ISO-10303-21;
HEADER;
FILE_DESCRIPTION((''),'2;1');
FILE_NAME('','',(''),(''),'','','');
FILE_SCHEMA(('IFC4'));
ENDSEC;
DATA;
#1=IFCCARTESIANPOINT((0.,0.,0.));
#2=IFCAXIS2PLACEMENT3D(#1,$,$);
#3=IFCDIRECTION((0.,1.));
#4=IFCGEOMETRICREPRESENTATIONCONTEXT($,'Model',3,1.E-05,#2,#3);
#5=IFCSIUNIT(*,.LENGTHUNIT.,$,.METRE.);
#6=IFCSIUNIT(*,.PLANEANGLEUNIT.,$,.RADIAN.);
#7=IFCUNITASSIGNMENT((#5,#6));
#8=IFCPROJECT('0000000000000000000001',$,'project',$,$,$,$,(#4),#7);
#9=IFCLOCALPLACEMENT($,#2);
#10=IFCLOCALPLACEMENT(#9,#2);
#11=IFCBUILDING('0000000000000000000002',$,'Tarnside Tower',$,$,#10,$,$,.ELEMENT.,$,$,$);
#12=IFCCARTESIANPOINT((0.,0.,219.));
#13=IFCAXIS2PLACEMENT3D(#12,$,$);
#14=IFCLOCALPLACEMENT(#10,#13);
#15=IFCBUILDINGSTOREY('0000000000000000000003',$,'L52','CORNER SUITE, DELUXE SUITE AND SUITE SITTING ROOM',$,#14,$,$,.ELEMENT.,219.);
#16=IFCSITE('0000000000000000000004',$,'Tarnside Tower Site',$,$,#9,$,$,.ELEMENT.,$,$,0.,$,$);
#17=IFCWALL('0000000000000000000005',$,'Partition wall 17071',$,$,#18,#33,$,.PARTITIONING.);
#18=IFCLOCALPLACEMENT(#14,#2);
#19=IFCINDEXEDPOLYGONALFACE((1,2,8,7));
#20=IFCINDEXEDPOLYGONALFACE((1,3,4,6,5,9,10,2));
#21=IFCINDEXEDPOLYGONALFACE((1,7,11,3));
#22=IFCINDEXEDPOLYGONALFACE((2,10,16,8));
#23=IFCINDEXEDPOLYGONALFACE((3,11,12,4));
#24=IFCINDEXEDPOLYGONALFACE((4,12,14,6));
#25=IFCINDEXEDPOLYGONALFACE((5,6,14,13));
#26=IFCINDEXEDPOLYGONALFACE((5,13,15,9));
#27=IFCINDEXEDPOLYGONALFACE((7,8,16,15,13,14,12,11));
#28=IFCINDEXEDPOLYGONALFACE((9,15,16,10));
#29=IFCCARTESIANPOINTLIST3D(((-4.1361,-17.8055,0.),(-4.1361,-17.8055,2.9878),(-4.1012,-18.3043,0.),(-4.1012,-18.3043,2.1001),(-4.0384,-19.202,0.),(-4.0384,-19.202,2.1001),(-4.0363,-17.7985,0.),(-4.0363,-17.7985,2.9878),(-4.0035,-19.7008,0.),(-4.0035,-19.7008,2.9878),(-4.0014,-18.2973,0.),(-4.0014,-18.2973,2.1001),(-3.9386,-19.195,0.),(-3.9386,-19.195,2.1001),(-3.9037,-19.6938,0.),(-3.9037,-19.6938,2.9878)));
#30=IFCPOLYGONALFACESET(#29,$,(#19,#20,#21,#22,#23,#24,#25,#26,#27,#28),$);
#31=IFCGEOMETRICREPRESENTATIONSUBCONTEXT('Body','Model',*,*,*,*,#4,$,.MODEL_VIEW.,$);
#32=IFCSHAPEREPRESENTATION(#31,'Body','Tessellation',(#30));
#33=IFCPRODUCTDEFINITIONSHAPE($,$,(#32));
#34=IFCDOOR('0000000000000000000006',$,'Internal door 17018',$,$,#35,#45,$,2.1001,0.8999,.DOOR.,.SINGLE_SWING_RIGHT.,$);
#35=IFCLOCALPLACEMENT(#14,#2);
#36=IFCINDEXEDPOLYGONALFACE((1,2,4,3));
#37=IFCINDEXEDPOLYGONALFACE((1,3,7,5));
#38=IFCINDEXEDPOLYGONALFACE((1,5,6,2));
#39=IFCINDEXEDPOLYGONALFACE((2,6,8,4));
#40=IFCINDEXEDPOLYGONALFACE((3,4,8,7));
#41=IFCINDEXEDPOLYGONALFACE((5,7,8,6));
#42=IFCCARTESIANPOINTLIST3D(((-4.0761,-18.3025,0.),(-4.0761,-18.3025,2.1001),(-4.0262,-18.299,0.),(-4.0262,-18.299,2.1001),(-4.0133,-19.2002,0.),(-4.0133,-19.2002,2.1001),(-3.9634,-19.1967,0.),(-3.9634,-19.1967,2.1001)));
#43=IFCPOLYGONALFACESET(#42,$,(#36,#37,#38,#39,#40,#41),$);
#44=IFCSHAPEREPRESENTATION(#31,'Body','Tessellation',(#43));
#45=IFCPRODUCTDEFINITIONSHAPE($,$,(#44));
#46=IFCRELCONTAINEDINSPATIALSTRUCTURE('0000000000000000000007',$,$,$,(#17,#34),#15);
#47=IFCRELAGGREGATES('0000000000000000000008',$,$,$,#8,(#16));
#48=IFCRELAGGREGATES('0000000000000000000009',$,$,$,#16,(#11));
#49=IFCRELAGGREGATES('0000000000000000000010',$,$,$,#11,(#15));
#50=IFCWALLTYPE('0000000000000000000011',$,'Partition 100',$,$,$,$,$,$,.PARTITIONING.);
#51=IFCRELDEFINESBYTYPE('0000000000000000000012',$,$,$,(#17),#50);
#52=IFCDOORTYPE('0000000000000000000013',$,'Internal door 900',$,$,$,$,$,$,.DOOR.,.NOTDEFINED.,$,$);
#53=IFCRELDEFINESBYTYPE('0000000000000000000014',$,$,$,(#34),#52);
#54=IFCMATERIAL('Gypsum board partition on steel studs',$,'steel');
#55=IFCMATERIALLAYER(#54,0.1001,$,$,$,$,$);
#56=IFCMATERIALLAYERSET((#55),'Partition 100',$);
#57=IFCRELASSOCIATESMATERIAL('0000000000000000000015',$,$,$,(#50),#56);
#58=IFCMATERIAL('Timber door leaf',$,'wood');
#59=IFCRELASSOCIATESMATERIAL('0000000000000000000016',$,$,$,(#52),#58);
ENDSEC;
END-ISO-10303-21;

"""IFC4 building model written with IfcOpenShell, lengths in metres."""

from ifc_helpers import new_model, si_unit, direction, frame, frame_2d, origin, place, context, subcontext, project, spatial, rectangle, extrude, material, layer, layer_set, type_object, element, fill, save


model = new_model("IFC4")

# Units and contexts
model_context = context("Model", 3, precision=1e-05, world=origin(), true_north=direction((0.0, 1.0)))
body_context = subcontext(model_context, "Body", "Model", "MODEL_VIEW")
ifc_project = project(units=[si_unit("LENGTHUNIT", "METRE"), si_unit("PLANEANGLEUNIT", "RADIAN")], contexts=[model_context])

# Site, building, storey
site_placement = place(None, origin())
site = spatial("IfcSite", under=ifc_project, at=site_placement, Name="Tarnside Tower Site", CompositionType="ELEMENT", RefElevation=0.0)
building_placement = place(site_placement, origin())
building = spatial("IfcBuilding", under=site, at=building_placement, Name="Tarnside Tower", CompositionType="ELEMENT")
storey_placement = place(building_placement, frame((0.0, 0.0, 219.0)))
storey = spatial("IfcBuildingStorey", under=building, at=storey_placement, Name="L52", Description="CORNER SUITE, DELUXE SUITE AND SUITE SITTING ROOM", CompositionType="ELEMENT", Elevation=219.0)

# Shared definitions
ifc_material_1 = material(Name="Gypsum board partition on steel studs", Category="steel")
ifc_material_2 = material(Name="Timber door leaf", Category="wood")

# Shared definitions
ifc_layer_1 = layer(ifc_material_1, 0.1001)
ifc_layer_set_1 = layer_set([ifc_layer_1], Name="Partition 100")
wall_type_1 = type_object("IfcWallType", Name="Partition 100", PredefinedType="PARTITIONING", material=ifc_layer_set_1)

# Wall, opening, door
wall_1_placement = place(storey_placement, frame((-3.9536, -19.6973, 0.0), z_axis=(0.0, 0.0, 1.0), x_axis=(-0.069777, 0.997563, 0.0)))
wall_1 = element("IfcWall", 1, at=wall_1_placement, inside=storey, type_object=wall_type_1, Name="Partition wall 17071", PredefinedType="PARTITIONING", context=body_context, shape_type="SweptSolid", body=[
    extrude(rectangle(XDim=1.8999, YDim=0.1001, at=frame_2d((0.95, 0.0))), origin(), (0.0, 0.0, 1.0), 2.9878),
])
opening_1_placement = place(wall_1_placement, frame((0.5, 0.0, 0.0)))
opening_1 = element("IfcOpeningElement", 2, at=opening_1_placement, cuts=wall_1, PredefinedType="OPENING", context=body_context, shape_type="SweptSolid", body=[
    extrude(rectangle(XDim=0.8999, YDim=2.1001, at=frame_2d((0.45, 1.05))), frame((0.0, 0.0601, 0.0), z_axis=(0.0, -1.0, 0.0), x_axis=(1.0, 0.0, 0.0)), (0.0, 0.0, 1.0), 0.1201),
])
door_type_1 = type_object("IfcDoorType", Name="Internal door 900", OperationType="NOTDEFINED", PredefinedType="DOOR", material=ifc_material_2)
door_1_placement = place(opening_1_placement, origin())
door_1 = element("IfcDoor", 3, at=door_1_placement, inside=storey, type_object=door_type_1, Name="Internal door 17018", OperationType="SINGLE_SWING_RIGHT", OverallHeight=2.1001, OverallWidth=0.8999, PredefinedType="DOOR", context=body_context, shape_type="SweptSolid", body=[
    extrude(rectangle(XDim=0.8999, YDim=2.1001, at=frame_2d((0.45, 1.05))), frame((0.0, 0.0249, 0.0), z_axis=(0.0, -1.0, 0.0), x_axis=(1.0, 0.0, 0.0)), (0.0, 0.0, 1.0), 0.05),
])
fill(opening_1, door_1)

save(model, "model.ifc")
